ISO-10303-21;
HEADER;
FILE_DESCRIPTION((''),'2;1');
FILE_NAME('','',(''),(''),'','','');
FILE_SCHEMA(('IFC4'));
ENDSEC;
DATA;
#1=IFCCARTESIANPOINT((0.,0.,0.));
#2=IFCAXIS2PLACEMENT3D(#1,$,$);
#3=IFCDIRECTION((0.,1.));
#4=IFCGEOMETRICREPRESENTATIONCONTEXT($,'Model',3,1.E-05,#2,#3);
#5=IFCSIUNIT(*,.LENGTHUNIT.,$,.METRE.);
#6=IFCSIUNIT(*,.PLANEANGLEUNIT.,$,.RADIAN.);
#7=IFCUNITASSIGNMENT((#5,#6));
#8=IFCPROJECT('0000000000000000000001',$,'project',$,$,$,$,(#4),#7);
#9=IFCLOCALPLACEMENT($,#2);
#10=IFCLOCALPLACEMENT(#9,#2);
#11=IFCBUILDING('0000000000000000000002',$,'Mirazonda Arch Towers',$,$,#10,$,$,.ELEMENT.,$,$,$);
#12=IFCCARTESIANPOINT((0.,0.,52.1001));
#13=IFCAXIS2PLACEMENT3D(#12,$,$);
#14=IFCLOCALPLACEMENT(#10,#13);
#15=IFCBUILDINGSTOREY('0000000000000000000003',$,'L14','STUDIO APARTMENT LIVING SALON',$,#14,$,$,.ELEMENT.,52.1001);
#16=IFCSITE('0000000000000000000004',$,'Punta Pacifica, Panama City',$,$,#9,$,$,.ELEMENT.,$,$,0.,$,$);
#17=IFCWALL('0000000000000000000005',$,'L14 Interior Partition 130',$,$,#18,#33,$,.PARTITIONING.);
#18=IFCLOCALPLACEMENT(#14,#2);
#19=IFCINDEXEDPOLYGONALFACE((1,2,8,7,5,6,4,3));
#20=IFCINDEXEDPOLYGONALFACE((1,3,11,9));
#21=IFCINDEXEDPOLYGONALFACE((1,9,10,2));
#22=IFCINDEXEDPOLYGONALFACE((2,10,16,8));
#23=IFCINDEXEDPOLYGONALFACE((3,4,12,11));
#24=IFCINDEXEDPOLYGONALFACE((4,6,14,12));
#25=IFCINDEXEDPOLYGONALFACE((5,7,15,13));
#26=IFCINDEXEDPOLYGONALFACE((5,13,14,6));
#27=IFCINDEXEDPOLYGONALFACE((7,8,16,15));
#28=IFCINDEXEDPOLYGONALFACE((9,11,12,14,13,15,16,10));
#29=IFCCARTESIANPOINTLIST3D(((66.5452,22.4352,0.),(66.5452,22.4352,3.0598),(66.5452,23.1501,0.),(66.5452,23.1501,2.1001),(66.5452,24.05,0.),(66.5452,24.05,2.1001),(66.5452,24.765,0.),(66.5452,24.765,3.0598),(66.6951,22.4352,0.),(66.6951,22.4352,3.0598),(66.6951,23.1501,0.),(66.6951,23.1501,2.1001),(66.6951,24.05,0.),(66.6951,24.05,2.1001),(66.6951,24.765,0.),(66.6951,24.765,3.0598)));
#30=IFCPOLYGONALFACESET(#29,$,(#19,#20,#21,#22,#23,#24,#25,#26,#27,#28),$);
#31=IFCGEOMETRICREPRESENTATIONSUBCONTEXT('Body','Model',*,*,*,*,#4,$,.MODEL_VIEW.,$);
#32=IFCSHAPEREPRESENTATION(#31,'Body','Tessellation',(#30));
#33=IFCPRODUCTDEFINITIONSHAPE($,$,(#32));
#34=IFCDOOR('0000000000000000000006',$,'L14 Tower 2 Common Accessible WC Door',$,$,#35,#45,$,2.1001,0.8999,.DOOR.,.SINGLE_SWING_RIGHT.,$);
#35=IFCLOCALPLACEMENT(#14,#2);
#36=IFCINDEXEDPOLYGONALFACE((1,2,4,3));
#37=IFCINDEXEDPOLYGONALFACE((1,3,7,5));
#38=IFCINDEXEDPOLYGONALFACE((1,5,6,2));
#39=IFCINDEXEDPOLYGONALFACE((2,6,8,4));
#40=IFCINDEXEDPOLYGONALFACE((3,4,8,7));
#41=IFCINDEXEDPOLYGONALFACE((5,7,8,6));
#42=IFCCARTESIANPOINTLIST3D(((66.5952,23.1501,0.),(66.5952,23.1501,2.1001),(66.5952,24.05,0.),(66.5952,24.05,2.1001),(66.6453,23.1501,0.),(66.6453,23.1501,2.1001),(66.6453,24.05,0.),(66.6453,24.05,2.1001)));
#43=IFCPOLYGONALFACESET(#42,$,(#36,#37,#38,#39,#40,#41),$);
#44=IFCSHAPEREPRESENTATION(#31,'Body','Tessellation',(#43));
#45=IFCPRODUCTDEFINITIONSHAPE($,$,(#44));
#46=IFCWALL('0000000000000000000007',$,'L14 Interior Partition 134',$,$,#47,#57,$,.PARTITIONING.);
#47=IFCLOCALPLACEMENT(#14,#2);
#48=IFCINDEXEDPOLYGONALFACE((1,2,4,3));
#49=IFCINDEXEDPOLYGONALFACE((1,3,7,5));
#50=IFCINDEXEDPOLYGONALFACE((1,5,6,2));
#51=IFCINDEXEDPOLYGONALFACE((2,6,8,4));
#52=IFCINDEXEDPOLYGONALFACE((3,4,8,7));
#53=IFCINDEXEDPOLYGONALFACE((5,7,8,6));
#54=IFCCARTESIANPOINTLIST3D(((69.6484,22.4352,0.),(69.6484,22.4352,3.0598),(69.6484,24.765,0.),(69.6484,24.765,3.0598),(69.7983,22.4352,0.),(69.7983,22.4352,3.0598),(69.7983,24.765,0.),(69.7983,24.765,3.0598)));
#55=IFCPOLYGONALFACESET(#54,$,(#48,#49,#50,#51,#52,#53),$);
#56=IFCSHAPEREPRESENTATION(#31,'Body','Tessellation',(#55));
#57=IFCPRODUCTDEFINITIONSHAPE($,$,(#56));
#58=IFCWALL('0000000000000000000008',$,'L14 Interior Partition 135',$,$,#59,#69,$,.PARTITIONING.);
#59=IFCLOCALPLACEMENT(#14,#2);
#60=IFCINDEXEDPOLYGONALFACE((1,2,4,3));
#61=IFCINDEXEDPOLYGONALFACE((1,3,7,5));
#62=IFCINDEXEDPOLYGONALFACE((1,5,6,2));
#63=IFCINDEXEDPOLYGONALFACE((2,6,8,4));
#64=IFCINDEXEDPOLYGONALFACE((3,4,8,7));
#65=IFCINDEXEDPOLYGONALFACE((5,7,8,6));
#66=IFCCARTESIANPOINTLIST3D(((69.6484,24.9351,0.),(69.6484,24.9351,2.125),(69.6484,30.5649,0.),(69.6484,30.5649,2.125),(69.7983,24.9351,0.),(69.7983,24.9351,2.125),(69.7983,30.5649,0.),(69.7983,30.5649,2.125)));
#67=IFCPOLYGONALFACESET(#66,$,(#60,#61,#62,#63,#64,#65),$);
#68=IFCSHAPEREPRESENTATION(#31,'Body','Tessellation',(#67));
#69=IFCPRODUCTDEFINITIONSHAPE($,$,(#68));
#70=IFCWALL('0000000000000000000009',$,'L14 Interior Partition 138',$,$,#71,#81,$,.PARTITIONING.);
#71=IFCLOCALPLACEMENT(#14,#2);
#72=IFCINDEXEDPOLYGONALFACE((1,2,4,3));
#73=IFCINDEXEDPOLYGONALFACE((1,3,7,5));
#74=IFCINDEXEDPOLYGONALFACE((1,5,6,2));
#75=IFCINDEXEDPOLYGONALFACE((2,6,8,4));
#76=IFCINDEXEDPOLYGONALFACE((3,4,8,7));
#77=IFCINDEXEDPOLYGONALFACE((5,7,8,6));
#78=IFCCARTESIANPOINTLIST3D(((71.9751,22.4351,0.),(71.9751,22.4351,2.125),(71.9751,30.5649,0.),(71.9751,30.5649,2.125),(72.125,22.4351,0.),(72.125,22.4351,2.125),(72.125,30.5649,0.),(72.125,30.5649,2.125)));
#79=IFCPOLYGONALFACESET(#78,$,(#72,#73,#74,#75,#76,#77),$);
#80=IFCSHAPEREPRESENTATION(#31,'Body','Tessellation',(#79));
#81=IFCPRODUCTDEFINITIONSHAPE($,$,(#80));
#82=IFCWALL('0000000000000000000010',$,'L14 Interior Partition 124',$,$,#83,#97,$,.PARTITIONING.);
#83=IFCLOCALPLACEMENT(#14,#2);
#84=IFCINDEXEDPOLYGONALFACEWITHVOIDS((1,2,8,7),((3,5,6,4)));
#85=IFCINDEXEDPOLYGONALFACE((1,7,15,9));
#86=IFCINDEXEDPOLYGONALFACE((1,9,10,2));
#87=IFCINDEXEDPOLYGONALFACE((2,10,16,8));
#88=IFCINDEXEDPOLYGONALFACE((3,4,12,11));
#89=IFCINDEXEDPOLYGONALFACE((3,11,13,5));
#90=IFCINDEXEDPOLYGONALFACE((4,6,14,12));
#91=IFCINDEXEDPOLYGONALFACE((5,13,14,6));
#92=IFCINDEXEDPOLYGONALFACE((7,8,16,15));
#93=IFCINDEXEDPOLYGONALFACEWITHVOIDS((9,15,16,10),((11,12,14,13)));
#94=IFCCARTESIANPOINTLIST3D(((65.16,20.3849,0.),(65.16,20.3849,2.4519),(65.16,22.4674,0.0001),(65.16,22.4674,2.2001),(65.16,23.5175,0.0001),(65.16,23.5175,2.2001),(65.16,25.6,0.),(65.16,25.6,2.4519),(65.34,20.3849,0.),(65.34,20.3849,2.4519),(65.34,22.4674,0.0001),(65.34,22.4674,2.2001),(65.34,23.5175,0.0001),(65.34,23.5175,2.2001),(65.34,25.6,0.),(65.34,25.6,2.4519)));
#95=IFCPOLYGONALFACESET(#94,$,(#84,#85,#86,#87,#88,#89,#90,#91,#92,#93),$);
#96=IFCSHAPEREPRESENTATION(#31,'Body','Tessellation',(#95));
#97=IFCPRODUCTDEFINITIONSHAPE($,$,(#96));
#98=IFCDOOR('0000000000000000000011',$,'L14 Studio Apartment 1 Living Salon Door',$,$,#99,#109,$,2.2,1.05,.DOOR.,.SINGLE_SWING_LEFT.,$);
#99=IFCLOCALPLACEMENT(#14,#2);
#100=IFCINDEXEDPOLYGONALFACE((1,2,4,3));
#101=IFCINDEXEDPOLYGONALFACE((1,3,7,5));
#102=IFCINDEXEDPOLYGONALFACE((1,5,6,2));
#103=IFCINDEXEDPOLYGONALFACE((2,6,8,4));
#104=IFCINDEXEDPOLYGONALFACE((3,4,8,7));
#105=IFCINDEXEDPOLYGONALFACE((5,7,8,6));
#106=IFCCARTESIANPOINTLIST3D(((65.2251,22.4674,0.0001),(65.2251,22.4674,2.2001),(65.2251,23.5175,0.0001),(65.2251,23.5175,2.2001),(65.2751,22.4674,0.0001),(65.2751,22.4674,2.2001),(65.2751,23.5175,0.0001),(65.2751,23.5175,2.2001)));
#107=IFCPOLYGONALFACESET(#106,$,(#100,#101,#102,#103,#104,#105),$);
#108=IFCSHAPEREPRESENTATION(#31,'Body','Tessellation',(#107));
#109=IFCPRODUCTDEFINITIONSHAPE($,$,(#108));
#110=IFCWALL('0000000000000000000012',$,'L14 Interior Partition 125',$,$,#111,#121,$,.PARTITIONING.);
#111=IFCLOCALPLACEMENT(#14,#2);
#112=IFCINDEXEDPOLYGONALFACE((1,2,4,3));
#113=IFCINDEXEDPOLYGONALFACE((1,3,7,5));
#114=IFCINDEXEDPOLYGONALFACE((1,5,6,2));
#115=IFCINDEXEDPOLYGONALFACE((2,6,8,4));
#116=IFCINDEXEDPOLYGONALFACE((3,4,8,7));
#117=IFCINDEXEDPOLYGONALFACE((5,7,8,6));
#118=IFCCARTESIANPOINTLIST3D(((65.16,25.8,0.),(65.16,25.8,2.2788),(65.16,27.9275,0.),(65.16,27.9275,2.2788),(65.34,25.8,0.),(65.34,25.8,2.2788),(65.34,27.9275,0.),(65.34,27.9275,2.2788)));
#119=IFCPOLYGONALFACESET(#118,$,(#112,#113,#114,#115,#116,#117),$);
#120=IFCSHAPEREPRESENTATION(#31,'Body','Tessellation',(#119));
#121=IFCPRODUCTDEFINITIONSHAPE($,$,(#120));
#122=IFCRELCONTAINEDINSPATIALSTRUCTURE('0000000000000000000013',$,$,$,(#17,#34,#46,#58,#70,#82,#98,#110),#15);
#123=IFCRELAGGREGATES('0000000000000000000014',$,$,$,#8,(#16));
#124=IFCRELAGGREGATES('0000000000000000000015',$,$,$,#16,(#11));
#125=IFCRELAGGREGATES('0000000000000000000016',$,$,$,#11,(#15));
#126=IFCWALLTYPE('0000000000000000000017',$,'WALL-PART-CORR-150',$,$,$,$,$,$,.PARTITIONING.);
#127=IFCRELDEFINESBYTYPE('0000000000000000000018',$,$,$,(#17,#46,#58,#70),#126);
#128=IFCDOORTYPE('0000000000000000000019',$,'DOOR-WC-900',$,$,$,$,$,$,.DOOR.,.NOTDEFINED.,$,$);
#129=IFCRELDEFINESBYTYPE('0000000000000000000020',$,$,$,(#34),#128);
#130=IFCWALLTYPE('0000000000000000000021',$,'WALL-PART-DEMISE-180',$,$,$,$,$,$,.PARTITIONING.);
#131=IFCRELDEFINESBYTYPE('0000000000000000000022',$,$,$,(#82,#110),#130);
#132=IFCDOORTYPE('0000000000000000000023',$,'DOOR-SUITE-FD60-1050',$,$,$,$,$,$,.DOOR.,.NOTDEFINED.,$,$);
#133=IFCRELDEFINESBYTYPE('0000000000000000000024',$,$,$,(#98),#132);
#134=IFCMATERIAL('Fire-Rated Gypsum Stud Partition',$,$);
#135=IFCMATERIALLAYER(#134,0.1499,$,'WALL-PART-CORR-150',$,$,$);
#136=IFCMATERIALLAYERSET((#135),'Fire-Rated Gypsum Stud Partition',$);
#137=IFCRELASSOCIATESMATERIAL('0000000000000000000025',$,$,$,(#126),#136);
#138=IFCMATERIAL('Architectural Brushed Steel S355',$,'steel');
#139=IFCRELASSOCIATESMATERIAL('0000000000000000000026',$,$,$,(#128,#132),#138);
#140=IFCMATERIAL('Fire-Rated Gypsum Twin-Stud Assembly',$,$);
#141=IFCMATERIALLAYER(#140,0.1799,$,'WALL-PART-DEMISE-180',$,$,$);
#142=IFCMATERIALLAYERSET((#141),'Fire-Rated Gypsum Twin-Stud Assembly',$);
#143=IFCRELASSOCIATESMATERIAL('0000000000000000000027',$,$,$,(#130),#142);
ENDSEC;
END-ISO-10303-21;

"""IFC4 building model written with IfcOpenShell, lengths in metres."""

from ifc_helpers import new_model, si_unit, direction, frame, frame_2d, origin, place, context, subcontext, project, spatial, rectangle, extrude, material, layer, layer_set, type_object, element, fill, save


model = new_model("IFC4")

# Units and contexts
model_context = context("Model", 3, precision=1e-05, world=origin(), true_north=direction((0.0, 1.0)))
body_context = subcontext(model_context, "Body", "Model", "MODEL_VIEW")
ifc_project = project(units=[si_unit("LENGTHUNIT", "METRE"), si_unit("PLANEANGLEUNIT", "RADIAN")], contexts=[model_context])

# Site, building, storey
site_placement = place(None, origin())
site = spatial("IfcSite", under=ifc_project, at=site_placement, Name="Punta Pacifica, Panama City", CompositionType="ELEMENT", RefElevation=0.0)
building_placement = place(site_placement, origin())
building = spatial("IfcBuilding", under=site, at=building_placement, Name="Mirazonda Arch Towers", CompositionType="ELEMENT")
storey_placement = place(building_placement, frame((0.0, 0.0, 52.1001)))
storey = spatial("IfcBuildingStorey", under=building, at=storey_placement, Name="L14", Description="STUDIO APARTMENT LIVING SALON", CompositionType="ELEMENT", Elevation=52.1001)

# Shared definitions
ifc_material_1 = material(Name="Architectural Brushed Steel S355", Category="steel")

# Shared definitions
ifc_material_2 = material(Name="Fire-Rated Gypsum Stud Partition")
ifc_layer_1 = layer(ifc_material_2, 0.1499, Name="WALL-PART-CORR-150")
ifc_layer_set_1 = layer_set([ifc_layer_1], Name="Fire-Rated Gypsum Stud Partition")
wall_type_1 = type_object("IfcWallType", Name="WALL-PART-CORR-150", PredefinedType="PARTITIONING", material=ifc_layer_set_1)

# Wall, opening, door
wall_1_placement = place(storey_placement, frame((66.6201, 22.4351, 0.0), z_axis=(0.0, 0.0, 1.0), x_axis=(0.0, 1.0, 0.0)))
wall_1 = element("IfcWall", 1, at=wall_1_placement, inside=storey, type_object=wall_type_1, Name="L14 Interior Partition 130", PredefinedType="PARTITIONING", context=body_context, shape_type="SweptSolid", body=[
    extrude(rectangle(XDim=2.3298, YDim=0.1499, at=frame_2d((1.165, 0.0))), origin(), (0.0, 0.0, 1.0), 3.0598),
])
opening_1_placement = place(wall_1_placement, frame((0.7151, 0.0, 0.0)))
opening_1 = element("IfcOpeningElement", 2, at=opening_1_placement, cuts=wall_1, PredefinedType="OPENING", context=body_context, shape_type="SweptSolid", body=[
    extrude(rectangle(XDim=0.8999, YDim=2.1001, at=frame_2d((0.45, 1.05))), frame((0.0, 0.085, 0.0), z_axis=(0.0, -1.0, 0.0), x_axis=(1.0, 0.0, 0.0)), (0.0, 0.0, 1.0), 0.1699),
])
door_type_1 = type_object("IfcDoorType", Name="DOOR-WC-900", OperationType="NOTDEFINED", PredefinedType="DOOR", material=ifc_material_1)
door_1_placement = place(opening_1_placement, origin())
door_1 = element("IfcDoor", 3, at=door_1_placement, inside=storey, type_object=door_type_1, Name="L14 Tower 2 Common Accessible WC Door", OperationType="SINGLE_SWING_RIGHT", OverallHeight=2.1001, OverallWidth=0.8999, PredefinedType="DOOR", context=body_context, shape_type="SweptSolid", body=[
    extrude(rectangle(XDim=0.8999, YDim=2.1001, at=frame_2d((0.45, 1.05))), frame((0.0, 0.0249, 0.0), z_axis=(0.0, -1.0, 0.0), x_axis=(1.0, 0.0, 0.0)), (0.0, 0.0, 1.0), 0.05),
])
fill(opening_1, door_1)

# Walls
wall_2_placement = place(storey_placement, frame((69.7234, 22.4351, 0.0), z_axis=(0.0, 0.0, 1.0), x_axis=(0.0, 1.0, 0.0)))
element("IfcWall", 4, at=wall_2_placement, inside=storey, type_object=wall_type_1, Name="L14 Interior Partition 134", PredefinedType="PARTITIONING", context=body_context, shape_type="SweptSolid", body=[
    extrude(rectangle(XDim=2.3298, YDim=0.1499, at=frame_2d((1.165, 0.0))), origin(), (0.0, 0.0, 1.0), 3.0598),
])
wall_3_placement = place(storey_placement, frame((69.7234, 24.9351, 0.0), z_axis=(0.0, 0.0, 1.0), x_axis=(0.0, 1.0, 0.0)))
element("IfcWall", 5, at=wall_3_placement, inside=storey, type_object=wall_type_1, Name="L14 Interior Partition 135", PredefinedType="PARTITIONING", context=body_context, shape_type="SweptSolid", body=[
    extrude(rectangle(XDim=5.6299, YDim=0.1499, at=frame_2d((2.8149, 0.0))), origin(), (0.0, 0.0, 1.0), 2.125),
])
wall_4_placement = place(storey_placement, frame((72.05, 22.4351, 0.0), z_axis=(0.0, 0.0, 1.0), x_axis=(0.0, 1.0, 0.0)))
element("IfcWall", 6, at=wall_4_placement, inside=storey, type_object=wall_type_1, Name="L14 Interior Partition 138", PredefinedType="PARTITIONING", context=body_context, shape_type="SweptSolid", body=[
    extrude(rectangle(XDim=8.1299, YDim=0.1499, at=frame_2d((4.0649, 0.0))), origin(), (0.0, 0.0, 1.0), 2.125),
])

# Wall, opening, door
ifc_material_3 = material(Name="Fire-Rated Gypsum Twin-Stud Assembly")
ifc_layer_2 = layer(ifc_material_3, 0.1799, Name="WALL-PART-DEMISE-180")
ifc_layer_set_2 = layer_set([ifc_layer_2], Name="Fire-Rated Gypsum Twin-Stud Assembly")
wall_type_2 = type_object("IfcWallType", Name="WALL-PART-DEMISE-180", PredefinedType="PARTITIONING", material=ifc_layer_set_2)
wall_5_placement = place(storey_placement, frame((65.25, 20.385, 0.0), z_axis=(0.0, 0.0, 1.0), x_axis=(0.0, 1.0, 0.0)))
wall_5 = element("IfcWall", 7, at=wall_5_placement, inside=storey, type_object=wall_type_2, Name="L14 Interior Partition 124", PredefinedType="PARTITIONING", context=body_context, shape_type="SweptSolid", body=[
    extrude(rectangle(XDim=5.2151, YDim=0.1799, at=frame_2d((2.6074, 0.0))), origin(), (0.0, 0.0, 1.0), 2.4519),
])
opening_2_placement = place(wall_5_placement, frame((2.0825, 0.0, 0.0)))
opening_2 = element("IfcOpeningElement", 8, at=opening_2_placement, cuts=wall_5, PredefinedType="OPENING", context=body_context, shape_type="SweptSolid", body=[
    extrude(rectangle(XDim=1.05, YDim=2.2, at=frame_2d((0.5249, 1.1001))), frame((0.0, 0.0999, 0.0), z_axis=(0.0, -1.0, 0.0), x_axis=(1.0, 0.0, 0.0)), (0.0, 0.0, 1.0), 0.2),
])
door_type_2 = type_object("IfcDoorType", Name="DOOR-SUITE-FD60-1050", OperationType="NOTDEFINED", PredefinedType="DOOR", material=ifc_material_1)
door_2_placement = place(opening_2_placement, origin())
door_2 = element("IfcDoor", 9, at=door_2_placement, inside=storey, type_object=door_type_2, Name="L14 Studio Apartment 1 Living Salon Door", OperationType="SINGLE_SWING_LEFT", OverallHeight=2.2, OverallWidth=1.05, PredefinedType="DOOR", context=body_context, shape_type="SweptSolid", body=[
    extrude(rectangle(XDim=1.05, YDim=2.2, at=frame_2d((0.5249, 1.1001))), frame((0.0, 0.0249, 0.0), z_axis=(0.0, -1.0, 0.0), x_axis=(1.0, 0.0, 0.0)), (0.0, 0.0, 1.0), 0.05),
])
fill(opening_2, door_2)

# Wall
wall_6_placement = place(storey_placement, frame((65.25, 25.8, 0.0), z_axis=(0.0, 0.0, 1.0), x_axis=(0.0, 1.0, 0.0)))
element("IfcWall", 10, at=wall_6_placement, inside=storey, type_object=wall_type_2, Name="L14 Interior Partition 125", PredefinedType="PARTITIONING", context=body_context, shape_type="SweptSolid", body=[
    extrude(rectangle(XDim=2.1274, YDim=0.1799, at=frame_2d((1.0637, 0.0))), origin(), (0.0, 0.0, 1.0), 2.2788),
])

save(model, "model.ifc")
